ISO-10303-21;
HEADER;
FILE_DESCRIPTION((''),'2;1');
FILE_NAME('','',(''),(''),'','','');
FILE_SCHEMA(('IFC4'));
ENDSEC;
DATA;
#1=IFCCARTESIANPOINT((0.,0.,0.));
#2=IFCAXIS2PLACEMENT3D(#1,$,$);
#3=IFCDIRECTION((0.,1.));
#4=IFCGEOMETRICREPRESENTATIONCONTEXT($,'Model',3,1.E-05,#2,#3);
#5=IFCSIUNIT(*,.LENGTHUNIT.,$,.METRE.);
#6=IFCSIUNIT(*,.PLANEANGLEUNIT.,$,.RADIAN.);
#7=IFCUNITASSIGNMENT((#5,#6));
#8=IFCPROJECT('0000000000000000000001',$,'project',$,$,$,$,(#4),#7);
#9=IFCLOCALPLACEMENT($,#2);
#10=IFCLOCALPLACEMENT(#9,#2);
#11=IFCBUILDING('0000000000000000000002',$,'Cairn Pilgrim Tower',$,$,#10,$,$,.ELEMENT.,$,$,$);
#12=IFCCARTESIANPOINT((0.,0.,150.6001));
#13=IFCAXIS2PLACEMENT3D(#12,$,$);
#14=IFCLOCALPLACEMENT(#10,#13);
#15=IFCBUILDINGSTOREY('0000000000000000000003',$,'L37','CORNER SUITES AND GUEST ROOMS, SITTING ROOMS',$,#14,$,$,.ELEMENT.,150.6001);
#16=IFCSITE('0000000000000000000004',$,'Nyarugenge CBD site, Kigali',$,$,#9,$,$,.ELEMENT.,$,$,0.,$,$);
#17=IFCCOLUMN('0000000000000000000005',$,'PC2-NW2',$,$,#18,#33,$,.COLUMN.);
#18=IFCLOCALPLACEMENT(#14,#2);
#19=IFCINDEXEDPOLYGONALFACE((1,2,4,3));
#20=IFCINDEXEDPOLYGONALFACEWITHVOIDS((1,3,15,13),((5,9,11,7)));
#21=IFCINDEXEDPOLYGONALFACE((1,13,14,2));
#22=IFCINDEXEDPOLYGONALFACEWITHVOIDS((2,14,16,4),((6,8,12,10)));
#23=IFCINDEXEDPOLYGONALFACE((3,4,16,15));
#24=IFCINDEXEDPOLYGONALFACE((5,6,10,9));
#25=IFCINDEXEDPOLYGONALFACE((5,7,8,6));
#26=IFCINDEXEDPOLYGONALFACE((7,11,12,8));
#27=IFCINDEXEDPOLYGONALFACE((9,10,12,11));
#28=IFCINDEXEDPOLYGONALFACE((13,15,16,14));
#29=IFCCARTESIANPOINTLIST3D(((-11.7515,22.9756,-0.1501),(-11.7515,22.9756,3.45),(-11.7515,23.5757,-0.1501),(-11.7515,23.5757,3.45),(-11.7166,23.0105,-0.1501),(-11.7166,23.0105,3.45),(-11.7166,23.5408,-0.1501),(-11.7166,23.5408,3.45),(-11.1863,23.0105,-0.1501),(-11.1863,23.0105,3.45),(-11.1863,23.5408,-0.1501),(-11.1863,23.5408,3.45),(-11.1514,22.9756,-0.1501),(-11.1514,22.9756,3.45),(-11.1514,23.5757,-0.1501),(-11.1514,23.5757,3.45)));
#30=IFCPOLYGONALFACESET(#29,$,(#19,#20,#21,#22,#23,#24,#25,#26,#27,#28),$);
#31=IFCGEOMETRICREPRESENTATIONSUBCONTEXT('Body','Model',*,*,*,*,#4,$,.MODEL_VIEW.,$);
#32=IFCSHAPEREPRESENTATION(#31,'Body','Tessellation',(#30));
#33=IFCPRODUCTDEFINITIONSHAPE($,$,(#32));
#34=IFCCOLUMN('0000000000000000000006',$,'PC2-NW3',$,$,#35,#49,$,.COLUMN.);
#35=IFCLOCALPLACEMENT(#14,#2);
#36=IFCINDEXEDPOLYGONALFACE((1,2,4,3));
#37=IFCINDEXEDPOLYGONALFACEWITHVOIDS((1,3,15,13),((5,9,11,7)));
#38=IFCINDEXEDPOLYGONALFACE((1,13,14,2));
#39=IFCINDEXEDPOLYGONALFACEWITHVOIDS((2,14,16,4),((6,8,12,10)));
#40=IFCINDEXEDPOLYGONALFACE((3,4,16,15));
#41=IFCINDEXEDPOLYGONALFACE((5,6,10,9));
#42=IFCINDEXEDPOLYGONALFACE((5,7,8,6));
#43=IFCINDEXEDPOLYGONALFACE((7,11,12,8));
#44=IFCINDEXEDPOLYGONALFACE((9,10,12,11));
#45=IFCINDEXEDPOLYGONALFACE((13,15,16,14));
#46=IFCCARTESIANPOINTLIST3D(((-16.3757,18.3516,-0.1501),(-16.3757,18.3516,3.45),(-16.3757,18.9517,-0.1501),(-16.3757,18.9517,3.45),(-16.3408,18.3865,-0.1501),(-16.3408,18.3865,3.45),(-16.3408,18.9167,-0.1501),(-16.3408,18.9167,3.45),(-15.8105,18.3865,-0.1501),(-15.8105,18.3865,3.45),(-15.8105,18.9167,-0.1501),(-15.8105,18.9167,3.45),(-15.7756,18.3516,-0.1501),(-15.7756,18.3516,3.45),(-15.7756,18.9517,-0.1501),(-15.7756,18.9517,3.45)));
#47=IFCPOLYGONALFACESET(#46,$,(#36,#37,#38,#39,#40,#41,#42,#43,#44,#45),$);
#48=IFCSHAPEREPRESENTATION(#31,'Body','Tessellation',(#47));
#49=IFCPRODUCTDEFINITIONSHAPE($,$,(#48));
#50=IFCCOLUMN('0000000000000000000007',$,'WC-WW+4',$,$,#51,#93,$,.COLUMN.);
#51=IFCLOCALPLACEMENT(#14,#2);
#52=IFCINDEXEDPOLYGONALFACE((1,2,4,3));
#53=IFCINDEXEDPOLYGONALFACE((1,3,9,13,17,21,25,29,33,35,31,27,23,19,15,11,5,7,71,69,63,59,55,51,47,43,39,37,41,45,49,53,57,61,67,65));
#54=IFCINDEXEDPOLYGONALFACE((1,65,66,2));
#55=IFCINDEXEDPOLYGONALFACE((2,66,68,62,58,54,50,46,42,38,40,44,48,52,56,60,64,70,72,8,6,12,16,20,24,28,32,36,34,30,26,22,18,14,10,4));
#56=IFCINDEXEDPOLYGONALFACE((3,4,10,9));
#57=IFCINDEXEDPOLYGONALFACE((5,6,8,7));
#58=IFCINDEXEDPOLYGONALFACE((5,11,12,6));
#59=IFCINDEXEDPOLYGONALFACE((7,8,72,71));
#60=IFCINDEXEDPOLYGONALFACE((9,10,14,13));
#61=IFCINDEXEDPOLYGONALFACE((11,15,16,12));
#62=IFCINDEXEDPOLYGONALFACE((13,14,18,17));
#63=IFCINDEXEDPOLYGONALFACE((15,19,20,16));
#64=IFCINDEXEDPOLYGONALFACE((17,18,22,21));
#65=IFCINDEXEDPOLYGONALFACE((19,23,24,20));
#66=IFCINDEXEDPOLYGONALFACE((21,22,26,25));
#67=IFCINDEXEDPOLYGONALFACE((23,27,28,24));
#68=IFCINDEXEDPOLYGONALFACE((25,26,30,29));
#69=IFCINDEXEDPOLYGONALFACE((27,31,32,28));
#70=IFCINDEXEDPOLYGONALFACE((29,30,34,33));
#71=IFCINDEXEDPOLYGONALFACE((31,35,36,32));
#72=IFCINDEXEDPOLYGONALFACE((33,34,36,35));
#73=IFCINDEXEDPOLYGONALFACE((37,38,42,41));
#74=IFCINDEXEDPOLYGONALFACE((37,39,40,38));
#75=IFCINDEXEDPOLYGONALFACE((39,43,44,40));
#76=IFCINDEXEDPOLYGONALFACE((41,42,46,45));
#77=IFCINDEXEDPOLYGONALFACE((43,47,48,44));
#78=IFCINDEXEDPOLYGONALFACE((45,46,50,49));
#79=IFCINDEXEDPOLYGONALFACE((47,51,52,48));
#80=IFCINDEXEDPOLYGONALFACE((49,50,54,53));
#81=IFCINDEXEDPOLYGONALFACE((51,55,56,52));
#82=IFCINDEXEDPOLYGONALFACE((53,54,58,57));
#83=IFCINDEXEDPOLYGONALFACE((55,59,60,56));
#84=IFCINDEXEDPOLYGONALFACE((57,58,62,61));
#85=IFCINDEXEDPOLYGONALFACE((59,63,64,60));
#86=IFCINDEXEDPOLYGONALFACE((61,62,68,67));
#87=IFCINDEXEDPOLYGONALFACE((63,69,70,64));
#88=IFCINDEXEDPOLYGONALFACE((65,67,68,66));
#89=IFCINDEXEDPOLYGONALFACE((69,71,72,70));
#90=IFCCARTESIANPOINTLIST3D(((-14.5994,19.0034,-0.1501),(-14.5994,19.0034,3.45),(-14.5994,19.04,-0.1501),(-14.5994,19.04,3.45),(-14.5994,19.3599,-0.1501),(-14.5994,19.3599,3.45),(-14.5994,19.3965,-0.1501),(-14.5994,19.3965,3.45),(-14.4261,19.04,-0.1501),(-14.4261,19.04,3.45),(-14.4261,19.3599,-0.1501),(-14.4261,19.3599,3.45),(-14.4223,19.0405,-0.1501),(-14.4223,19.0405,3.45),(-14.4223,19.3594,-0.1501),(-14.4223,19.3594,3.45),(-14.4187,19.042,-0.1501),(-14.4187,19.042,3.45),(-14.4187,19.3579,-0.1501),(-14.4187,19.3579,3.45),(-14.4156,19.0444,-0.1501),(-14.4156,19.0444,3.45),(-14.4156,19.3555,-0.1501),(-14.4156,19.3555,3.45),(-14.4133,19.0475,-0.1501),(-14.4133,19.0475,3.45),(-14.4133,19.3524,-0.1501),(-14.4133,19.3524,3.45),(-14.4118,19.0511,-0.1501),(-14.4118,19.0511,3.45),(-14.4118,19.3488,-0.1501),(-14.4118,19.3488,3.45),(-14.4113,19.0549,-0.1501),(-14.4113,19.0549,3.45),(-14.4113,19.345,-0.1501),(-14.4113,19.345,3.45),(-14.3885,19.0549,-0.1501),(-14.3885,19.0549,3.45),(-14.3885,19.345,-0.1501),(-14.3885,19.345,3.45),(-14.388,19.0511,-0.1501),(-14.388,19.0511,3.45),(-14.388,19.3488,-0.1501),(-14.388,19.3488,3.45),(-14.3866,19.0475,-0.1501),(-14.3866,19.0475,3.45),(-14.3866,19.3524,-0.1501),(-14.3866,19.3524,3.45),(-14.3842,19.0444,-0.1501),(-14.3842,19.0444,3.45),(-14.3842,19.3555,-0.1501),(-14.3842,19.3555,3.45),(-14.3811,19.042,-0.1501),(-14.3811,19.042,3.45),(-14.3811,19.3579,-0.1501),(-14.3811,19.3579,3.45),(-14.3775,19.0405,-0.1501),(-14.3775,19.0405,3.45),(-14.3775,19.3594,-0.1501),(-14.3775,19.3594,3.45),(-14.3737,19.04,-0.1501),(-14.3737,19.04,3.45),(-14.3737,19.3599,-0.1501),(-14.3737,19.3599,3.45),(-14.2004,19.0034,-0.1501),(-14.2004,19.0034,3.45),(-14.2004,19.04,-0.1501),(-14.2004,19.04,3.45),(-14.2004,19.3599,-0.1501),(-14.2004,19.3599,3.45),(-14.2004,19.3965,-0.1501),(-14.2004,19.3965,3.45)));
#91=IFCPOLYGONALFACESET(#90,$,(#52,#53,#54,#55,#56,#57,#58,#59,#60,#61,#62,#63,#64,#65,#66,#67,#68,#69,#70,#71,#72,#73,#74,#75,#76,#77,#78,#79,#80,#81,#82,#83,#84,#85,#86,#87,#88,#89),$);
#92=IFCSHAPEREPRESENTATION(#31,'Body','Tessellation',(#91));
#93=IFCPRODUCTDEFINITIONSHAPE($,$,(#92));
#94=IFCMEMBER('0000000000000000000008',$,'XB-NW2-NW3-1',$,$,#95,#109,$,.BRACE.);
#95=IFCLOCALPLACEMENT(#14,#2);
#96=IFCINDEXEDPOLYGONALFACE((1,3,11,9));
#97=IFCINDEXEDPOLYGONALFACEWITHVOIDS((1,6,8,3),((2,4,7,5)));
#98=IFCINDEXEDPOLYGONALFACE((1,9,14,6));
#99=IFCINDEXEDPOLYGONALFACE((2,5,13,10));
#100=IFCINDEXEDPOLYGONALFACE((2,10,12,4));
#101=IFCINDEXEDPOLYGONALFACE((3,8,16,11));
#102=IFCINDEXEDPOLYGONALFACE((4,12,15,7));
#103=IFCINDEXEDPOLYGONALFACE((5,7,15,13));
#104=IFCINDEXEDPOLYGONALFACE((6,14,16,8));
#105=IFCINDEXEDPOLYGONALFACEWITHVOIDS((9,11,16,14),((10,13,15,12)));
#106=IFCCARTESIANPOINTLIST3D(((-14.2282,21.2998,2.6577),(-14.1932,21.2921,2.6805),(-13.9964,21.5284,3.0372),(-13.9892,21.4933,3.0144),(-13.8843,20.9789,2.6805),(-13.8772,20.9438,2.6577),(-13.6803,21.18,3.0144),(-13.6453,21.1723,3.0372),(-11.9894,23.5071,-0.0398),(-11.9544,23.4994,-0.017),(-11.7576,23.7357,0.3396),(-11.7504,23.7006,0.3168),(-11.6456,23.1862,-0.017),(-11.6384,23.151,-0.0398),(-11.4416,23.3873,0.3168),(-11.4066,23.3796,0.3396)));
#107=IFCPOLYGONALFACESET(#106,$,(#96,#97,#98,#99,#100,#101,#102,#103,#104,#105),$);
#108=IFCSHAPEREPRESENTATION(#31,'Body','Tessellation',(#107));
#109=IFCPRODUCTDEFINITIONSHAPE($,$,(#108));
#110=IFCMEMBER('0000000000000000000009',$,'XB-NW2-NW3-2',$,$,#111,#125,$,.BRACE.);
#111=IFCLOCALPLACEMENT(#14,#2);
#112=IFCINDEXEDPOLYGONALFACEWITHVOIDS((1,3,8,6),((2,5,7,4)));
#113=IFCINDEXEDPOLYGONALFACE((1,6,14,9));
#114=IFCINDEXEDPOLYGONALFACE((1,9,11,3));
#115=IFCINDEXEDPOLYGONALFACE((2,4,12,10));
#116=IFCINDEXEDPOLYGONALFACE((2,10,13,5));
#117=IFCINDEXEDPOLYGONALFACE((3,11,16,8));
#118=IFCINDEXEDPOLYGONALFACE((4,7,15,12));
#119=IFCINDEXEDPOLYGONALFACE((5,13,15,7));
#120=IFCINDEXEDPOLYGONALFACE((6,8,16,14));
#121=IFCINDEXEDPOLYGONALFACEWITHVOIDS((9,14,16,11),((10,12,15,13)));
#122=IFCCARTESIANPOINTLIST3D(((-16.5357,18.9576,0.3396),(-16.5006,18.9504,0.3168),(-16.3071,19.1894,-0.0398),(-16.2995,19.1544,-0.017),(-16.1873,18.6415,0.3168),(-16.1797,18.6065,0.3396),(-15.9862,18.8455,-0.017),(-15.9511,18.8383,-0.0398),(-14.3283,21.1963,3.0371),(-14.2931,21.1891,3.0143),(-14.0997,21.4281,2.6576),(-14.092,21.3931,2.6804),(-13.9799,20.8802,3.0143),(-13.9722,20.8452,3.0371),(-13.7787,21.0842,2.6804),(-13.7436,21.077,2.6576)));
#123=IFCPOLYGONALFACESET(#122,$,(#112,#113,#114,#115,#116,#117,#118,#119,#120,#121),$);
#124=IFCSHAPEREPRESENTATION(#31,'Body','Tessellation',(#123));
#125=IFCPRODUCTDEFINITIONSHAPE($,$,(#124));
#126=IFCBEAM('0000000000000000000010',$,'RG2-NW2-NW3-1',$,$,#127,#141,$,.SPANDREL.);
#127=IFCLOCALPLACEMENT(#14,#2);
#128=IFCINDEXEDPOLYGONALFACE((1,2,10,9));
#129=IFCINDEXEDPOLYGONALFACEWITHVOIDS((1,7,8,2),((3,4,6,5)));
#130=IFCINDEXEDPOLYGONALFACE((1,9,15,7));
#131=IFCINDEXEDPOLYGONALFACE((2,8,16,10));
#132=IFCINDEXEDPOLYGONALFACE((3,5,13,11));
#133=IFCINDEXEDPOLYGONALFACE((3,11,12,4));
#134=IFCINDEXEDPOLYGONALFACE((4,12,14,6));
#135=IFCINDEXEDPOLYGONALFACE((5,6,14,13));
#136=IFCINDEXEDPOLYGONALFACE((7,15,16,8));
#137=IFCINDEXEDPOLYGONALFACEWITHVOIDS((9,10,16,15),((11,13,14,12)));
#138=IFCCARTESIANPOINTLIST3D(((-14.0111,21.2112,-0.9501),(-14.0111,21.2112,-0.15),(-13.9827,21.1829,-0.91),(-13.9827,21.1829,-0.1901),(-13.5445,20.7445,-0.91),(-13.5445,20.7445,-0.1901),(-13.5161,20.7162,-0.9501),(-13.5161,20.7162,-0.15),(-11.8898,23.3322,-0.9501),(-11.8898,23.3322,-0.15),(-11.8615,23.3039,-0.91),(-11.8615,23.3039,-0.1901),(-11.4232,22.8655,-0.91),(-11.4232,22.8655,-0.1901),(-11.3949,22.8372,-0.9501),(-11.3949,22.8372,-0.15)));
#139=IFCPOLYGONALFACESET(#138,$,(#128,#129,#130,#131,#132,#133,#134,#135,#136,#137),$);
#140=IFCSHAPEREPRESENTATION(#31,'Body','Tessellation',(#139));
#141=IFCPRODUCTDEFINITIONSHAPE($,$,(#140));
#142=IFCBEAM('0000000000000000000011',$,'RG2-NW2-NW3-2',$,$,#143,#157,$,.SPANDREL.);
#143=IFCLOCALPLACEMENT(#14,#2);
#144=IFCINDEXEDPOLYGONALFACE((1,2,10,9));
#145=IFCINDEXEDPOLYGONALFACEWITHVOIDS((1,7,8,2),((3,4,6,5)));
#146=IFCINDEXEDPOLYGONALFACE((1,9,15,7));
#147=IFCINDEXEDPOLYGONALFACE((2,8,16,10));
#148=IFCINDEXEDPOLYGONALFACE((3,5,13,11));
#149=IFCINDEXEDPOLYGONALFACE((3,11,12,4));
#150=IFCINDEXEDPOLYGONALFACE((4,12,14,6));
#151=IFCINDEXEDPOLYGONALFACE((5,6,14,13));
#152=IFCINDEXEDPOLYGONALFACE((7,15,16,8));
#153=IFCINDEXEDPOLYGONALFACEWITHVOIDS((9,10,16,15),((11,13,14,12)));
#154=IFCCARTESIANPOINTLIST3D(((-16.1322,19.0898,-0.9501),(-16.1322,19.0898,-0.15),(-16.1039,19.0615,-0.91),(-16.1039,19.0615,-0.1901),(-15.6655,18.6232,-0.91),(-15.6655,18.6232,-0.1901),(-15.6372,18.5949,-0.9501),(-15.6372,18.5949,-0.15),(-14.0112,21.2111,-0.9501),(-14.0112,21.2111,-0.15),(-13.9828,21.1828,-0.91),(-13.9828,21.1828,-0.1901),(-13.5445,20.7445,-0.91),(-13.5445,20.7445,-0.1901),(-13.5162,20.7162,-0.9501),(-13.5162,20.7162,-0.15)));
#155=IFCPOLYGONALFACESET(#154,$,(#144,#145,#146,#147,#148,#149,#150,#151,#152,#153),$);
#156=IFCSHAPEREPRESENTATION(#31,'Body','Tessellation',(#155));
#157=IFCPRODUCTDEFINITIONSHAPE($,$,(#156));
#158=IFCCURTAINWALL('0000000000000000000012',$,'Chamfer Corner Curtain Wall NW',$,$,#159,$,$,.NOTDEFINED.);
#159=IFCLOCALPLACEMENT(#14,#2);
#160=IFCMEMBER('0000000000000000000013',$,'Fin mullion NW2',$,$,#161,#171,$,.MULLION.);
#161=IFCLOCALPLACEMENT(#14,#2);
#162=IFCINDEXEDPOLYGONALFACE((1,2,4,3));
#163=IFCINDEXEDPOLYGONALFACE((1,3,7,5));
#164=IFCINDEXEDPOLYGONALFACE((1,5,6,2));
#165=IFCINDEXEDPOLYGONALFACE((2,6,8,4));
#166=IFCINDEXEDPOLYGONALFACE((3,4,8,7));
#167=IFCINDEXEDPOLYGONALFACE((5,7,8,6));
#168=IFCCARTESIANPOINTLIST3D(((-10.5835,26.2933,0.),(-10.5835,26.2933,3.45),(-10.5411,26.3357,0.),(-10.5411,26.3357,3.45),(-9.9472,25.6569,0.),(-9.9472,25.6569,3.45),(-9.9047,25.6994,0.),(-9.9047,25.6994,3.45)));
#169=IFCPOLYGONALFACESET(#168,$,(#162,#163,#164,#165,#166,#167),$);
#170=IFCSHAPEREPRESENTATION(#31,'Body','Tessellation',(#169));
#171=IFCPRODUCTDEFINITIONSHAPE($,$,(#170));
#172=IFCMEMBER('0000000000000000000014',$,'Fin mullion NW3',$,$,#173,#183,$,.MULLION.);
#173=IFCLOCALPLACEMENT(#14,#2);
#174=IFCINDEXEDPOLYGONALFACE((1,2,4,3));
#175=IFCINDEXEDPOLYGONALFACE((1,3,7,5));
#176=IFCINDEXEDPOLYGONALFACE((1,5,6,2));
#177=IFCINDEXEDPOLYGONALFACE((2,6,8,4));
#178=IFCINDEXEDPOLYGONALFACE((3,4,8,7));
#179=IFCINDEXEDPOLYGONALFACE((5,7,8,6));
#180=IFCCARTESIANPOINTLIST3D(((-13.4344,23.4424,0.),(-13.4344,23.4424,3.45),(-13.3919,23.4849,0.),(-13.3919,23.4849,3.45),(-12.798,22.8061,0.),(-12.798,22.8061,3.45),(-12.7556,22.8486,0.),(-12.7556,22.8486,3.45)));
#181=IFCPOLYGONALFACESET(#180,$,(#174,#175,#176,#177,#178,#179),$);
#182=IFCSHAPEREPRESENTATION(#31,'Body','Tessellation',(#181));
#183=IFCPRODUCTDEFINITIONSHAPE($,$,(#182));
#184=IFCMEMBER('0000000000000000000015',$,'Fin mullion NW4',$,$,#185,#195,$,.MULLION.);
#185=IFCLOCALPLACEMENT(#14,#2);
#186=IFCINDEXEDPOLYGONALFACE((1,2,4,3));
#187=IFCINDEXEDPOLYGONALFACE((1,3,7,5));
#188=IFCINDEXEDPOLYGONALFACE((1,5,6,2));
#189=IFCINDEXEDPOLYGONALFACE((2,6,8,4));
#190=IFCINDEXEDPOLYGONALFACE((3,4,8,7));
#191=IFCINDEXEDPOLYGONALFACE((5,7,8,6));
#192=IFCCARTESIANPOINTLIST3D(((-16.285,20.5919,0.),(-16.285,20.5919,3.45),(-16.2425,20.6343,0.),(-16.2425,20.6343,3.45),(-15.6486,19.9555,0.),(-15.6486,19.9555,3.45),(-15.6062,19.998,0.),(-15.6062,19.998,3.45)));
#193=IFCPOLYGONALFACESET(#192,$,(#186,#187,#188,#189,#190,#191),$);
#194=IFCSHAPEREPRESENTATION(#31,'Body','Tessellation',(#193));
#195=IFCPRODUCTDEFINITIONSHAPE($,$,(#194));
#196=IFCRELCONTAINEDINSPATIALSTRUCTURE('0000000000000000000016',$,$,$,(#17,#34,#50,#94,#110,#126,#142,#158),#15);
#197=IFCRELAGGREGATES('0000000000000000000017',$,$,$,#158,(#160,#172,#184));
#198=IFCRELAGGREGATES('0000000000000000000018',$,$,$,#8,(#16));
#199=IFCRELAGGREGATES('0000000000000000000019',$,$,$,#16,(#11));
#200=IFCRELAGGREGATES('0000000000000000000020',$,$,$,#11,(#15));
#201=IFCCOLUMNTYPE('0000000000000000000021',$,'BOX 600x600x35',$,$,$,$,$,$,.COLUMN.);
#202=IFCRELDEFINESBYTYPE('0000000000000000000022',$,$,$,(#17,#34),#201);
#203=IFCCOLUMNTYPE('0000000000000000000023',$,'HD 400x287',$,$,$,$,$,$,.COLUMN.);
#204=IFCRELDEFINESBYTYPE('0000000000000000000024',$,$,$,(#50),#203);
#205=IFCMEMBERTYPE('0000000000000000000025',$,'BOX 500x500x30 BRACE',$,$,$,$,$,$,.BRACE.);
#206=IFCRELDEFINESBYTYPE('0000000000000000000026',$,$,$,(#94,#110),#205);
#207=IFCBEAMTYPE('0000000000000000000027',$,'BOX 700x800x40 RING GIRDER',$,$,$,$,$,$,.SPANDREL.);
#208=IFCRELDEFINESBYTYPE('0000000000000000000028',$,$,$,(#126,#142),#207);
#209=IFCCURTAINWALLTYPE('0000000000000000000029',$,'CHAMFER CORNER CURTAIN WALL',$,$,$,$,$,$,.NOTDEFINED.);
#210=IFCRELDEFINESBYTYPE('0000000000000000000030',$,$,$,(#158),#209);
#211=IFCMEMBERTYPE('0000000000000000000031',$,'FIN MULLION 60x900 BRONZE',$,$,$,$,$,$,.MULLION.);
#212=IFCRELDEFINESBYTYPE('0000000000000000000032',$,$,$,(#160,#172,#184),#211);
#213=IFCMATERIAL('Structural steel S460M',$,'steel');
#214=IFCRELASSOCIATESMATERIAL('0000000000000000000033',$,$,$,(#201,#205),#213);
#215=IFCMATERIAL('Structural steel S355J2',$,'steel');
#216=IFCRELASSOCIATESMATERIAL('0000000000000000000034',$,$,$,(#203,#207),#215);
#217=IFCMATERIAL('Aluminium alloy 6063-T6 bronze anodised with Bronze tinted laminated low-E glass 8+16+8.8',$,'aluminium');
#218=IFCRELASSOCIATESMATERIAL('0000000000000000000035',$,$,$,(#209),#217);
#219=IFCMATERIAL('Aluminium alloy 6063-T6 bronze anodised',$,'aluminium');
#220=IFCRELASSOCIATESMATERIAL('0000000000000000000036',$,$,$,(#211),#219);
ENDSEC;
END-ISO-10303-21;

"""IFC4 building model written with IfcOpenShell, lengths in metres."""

from ifc_helpers import new_model, si_unit, direction, frame, origin, origin_2d, place, context, subcontext, project, spatial, rectangle, hollow_rectangle, i_section, extrude, material, material_profile, profile_set, type_object, element, aggregate, save


model = new_model("IFC4")

# Units and contexts
model_context = context("Model", 3, precision=1e-05, world=origin(), true_north=direction((0.0, 1.0)))
body_context = subcontext(model_context, "Body", "Model", "MODEL_VIEW")
ifc_project = project(units=[si_unit("LENGTHUNIT", "METRE"), si_unit("PLANEANGLEUNIT", "RADIAN")], contexts=[model_context])

# Site, building, storey
site_placement = place(None, origin())
site = spatial("IfcSite", under=ifc_project, at=site_placement, Name="Nyarugenge CBD site, Kigali", CompositionType="ELEMENT", RefElevation=0.0)
building_placement = place(site_placement, origin())
building = spatial("IfcBuilding", under=site, at=building_placement, Name="Cairn Pilgrim Tower", CompositionType="ELEMENT")
storey_placement = place(building_placement, frame((0.0, 0.0, 150.6001)))
storey = spatial("IfcBuildingStorey", under=building, at=storey_placement, Name="L37", Description="CORNER SUITES AND GUEST ROOMS, SITTING ROOMS", CompositionType="ELEMENT", Elevation=150.6001)

# Columns
ifc_material_1 = material(Name="Structural steel S460M", Category="steel")
ifc_material_profile_1 = material_profile(ifc_material_1, hollow_rectangle(XDim=0.6001, YDim=0.6001, WallThickness=0.0349, at=origin_2d()), Name="BOX 600x600x35")
ifc_profile_set_1 = profile_set([ifc_material_profile_1], Name="Structural steel S460M")
column_type_1 = type_object("IfcColumnType", Name="BOX 600x600x35", PredefinedType="COLUMN", material=ifc_profile_set_1)
for number, where, z_axis, x_axis, name in (
    (1, (-11.4514, 23.2756, -0.1501), (0.0, 0.0, 1.0), (1.0, 0.0, 0.0), "PC2-NW2"),
    (2, (-16.0757, 18.6516, -0.1501), (0.0, 0.0, 1.0), (1.0, 0.0, 0.0), "PC2-NW3"),
):
    element("IfcColumn", number, at=place(storey_placement, frame(where, z_axis=z_axis, x_axis=x_axis)), inside=storey, type_object=column_type_1, Name=name, PredefinedType="COLUMN", context=body_context, shape_type="SweptSolid", body=[
        extrude(hollow_rectangle(XDim=0.6001, YDim=0.6001, WallThickness=0.0349, at=origin_2d()), origin(), (0.0, 0.0, 1.0), 3.6001),
    ])
ifc_material_2 = material(Name="Structural steel S355J2", Category="steel")
ifc_material_profile_2 = material_profile(ifc_material_2, i_section(OverallWidth=0.3989, OverallDepth=0.3931, WebThickness=0.0227, FlangeThickness=0.0366, FilletRadius=0.0149, at=origin_2d()), Name="HD 400x287")
ifc_profile_set_2 = profile_set([ifc_material_profile_2], Name="Structural steel S355J2")
column_type_2 = type_object("IfcColumnType", Name="HD 400x287", PredefinedType="COLUMN", material=ifc_profile_set_2)
column_placement = place(storey_placement, frame((-14.3999, 19.2, -0.1501), z_axis=(0.0, 0.0, 1.0), x_axis=(1.0, 0.0, 0.0)))
element("IfcColumn", 3, at=column_placement, inside=storey, type_object=column_type_2, Name="WC-WW+4", PredefinedType="COLUMN", context=body_context, shape_type="SweptSolid", body=[
    extrude(i_section(OverallWidth=0.3989, OverallDepth=0.3931, WebThickness=0.0227, FlangeThickness=0.0366, FilletRadius=0.0149, at=origin_2d()), origin(), (0.0, 0.0, 1.0), 3.6001),
])

# Members
ifc_material_profile_3 = material_profile(ifc_material_1, hollow_rectangle(XDim=0.5, YDim=0.5, WallThickness=0.03, at=origin_2d()), Name="BOX 500x500x30")
ifc_profile_set_3 = profile_set([ifc_material_profile_3], Name="Structural steel S460M")
member_type_1 = type_object("IfcMemberType", Name="BOX 500x500x30 BRACE", PredefinedType="BRACE", material=ifc_profile_set_3)
for number, where, z_axis, x_axis, name in (
    (4, (-11.698, 23.4434, 0.1499), (-0.540433, -0.53283, 0.651171), (0.70208, -0.712098, 0.0), "XB-NW2-NW3-1"),
    (5, (-16.2434, 18.8979, 0.1499), (0.532872, 0.540416, 0.651151), (-0.712059, 0.70212, 0.0), "XB-NW2-NW3-2"),
):
    element("IfcMember", number, at=place(storey_placement, frame(where, z_axis=z_axis, x_axis=x_axis)), inside=storey, type_object=member_type_1, Name=name, PredefinedType="BRACE", context=body_context, shape_type="SweptSolid", body=[
        extrude(hollow_rectangle(XDim=0.5, YDim=0.5, WallThickness=0.03, at=origin_2d()), origin(), (0.0, 0.0, 1.0), 4.1426),
    ])

# Beams
ifc_material_profile_4 = material_profile(ifc_material_2, hollow_rectangle(XDim=0.7, YDim=0.8, WallThickness=0.04, at=origin_2d()), Name="BOX 700x800x40")
ifc_profile_set_4 = profile_set([ifc_material_profile_4], Name="Structural steel S355J2")
beam_type_1 = type_object("IfcBeamType", Name="BOX 700x800x40 RING GIRDER", PredefinedType="SPANDREL", material=ifc_profile_set_4)
for number, where, z_axis, x_axis, name in (
    (6, (-11.6423, 23.0847, -0.55), (-0.707147, -0.707066, 0.0), (0.707066, -0.707147, 0.0), "RG2-NW2-NW3-1"),
    (7, (-13.7637, 20.9636, -0.55), (-0.707066, -0.707147, 0.0), (0.707147, -0.707066, 0.0), "RG2-NW2-NW3-2"),
):
    element("IfcBeam", number, at=place(storey_placement, frame(where, z_axis=z_axis, x_axis=x_axis)), inside=storey, type_object=beam_type_1, Name=name, PredefinedType="SPANDREL", context=body_context, shape_type="SweptSolid", body=[
        extrude(hollow_rectangle(XDim=0.7, YDim=0.8, WallThickness=0.04, at=origin_2d()), origin(), (0.0, 0.0, 1.0), 2.9998),
    ])

# Curtain wall, members
ifc_material_3 = material(Name="Aluminium alloy 6063-T6 bronze anodised with Bronze tinted laminated low-E glass 8+16+8.8", Category="aluminium")
curtain_wall_type_1 = type_object("IfcCurtainWallType", Name="CHAMFER CORNER CURTAIN WALL", PredefinedType="NOTDEFINED", material=ifc_material_3)
curtain_wall_1_placement = place(storey_placement, origin())
curtain_wall_1 = element("IfcCurtainWall", 8, at=curtain_wall_1_placement, inside=storey, type_object=curtain_wall_type_1, Name="Chamfer Corner Curtain Wall NW", PredefinedType="NOTDEFINED")
ifc_material_4 = material(Name="Aluminium alloy 6063-T6 bronze anodised", Category="aluminium")
ifc_material_profile_5 = material_profile(ifc_material_4, rectangle(XDim=0.8999, YDim=0.0601, at=origin_2d()), Name="FIN MULLION 60x900 BRONZE")
ifc_profile_set_5 = profile_set([ifc_material_profile_5], Name="Aluminium alloy 6063-T6 bronze anodised")
member_type_2 = type_object("IfcMemberType", Name="FIN MULLION 60x900 BRONZE", PredefinedType="MULLION", material=ifc_profile_set_5)
member_1_placement = place(storey_placement, frame((-10.2441, 25.9963, 0.0), z_axis=(0.0, 0.0, 1.0), x_axis=(-0.707107, 0.707107, 0.0)))
member_1 = element("IfcMember", 9, at=member_1_placement, type_object=member_type_2, Name="Fin mullion NW2", PredefinedType="MULLION", context=body_context, shape_type="SweptSolid", body=[
    extrude(rectangle(XDim=0.8999, YDim=0.0601, at=origin_2d()), origin(), (0.0, 0.0, 1.0), 3.45),
])
member_2_placement = place(storey_placement, frame((-13.095, 23.1455, 0.0), z_axis=(0.0, 0.0, 1.0), x_axis=(-0.707107, 0.707107, 0.0)))
member_2 = element("IfcMember", 10, at=member_2_placement, type_object=member_type_2, Name="Fin mullion NW3", PredefinedType="MULLION", context=body_context, shape_type="SweptSolid", body=[
    extrude(rectangle(XDim=0.8999, YDim=0.0601, at=origin_2d()), origin(), (0.0, 0.0, 1.0), 3.45),
])
member_3_placement = place(storey_placement, frame((-15.9456, 20.2949, 0.0), z_axis=(0.0, 0.0, 1.0), x_axis=(-0.707107, 0.707107, 0.0)))
member_3 = element("IfcMember", 11, at=member_3_placement, type_object=member_type_2, Name="Fin mullion NW4", PredefinedType="MULLION", context=body_context, shape_type="SweptSolid", body=[
    extrude(rectangle(XDim=0.8999, YDim=0.0601, at=origin_2d()), origin(), (0.0, 0.0, 1.0), 3.45),
])

aggregate(curtain_wall_1, [member_1, member_2, member_3])

save(model, "model.ifc")
